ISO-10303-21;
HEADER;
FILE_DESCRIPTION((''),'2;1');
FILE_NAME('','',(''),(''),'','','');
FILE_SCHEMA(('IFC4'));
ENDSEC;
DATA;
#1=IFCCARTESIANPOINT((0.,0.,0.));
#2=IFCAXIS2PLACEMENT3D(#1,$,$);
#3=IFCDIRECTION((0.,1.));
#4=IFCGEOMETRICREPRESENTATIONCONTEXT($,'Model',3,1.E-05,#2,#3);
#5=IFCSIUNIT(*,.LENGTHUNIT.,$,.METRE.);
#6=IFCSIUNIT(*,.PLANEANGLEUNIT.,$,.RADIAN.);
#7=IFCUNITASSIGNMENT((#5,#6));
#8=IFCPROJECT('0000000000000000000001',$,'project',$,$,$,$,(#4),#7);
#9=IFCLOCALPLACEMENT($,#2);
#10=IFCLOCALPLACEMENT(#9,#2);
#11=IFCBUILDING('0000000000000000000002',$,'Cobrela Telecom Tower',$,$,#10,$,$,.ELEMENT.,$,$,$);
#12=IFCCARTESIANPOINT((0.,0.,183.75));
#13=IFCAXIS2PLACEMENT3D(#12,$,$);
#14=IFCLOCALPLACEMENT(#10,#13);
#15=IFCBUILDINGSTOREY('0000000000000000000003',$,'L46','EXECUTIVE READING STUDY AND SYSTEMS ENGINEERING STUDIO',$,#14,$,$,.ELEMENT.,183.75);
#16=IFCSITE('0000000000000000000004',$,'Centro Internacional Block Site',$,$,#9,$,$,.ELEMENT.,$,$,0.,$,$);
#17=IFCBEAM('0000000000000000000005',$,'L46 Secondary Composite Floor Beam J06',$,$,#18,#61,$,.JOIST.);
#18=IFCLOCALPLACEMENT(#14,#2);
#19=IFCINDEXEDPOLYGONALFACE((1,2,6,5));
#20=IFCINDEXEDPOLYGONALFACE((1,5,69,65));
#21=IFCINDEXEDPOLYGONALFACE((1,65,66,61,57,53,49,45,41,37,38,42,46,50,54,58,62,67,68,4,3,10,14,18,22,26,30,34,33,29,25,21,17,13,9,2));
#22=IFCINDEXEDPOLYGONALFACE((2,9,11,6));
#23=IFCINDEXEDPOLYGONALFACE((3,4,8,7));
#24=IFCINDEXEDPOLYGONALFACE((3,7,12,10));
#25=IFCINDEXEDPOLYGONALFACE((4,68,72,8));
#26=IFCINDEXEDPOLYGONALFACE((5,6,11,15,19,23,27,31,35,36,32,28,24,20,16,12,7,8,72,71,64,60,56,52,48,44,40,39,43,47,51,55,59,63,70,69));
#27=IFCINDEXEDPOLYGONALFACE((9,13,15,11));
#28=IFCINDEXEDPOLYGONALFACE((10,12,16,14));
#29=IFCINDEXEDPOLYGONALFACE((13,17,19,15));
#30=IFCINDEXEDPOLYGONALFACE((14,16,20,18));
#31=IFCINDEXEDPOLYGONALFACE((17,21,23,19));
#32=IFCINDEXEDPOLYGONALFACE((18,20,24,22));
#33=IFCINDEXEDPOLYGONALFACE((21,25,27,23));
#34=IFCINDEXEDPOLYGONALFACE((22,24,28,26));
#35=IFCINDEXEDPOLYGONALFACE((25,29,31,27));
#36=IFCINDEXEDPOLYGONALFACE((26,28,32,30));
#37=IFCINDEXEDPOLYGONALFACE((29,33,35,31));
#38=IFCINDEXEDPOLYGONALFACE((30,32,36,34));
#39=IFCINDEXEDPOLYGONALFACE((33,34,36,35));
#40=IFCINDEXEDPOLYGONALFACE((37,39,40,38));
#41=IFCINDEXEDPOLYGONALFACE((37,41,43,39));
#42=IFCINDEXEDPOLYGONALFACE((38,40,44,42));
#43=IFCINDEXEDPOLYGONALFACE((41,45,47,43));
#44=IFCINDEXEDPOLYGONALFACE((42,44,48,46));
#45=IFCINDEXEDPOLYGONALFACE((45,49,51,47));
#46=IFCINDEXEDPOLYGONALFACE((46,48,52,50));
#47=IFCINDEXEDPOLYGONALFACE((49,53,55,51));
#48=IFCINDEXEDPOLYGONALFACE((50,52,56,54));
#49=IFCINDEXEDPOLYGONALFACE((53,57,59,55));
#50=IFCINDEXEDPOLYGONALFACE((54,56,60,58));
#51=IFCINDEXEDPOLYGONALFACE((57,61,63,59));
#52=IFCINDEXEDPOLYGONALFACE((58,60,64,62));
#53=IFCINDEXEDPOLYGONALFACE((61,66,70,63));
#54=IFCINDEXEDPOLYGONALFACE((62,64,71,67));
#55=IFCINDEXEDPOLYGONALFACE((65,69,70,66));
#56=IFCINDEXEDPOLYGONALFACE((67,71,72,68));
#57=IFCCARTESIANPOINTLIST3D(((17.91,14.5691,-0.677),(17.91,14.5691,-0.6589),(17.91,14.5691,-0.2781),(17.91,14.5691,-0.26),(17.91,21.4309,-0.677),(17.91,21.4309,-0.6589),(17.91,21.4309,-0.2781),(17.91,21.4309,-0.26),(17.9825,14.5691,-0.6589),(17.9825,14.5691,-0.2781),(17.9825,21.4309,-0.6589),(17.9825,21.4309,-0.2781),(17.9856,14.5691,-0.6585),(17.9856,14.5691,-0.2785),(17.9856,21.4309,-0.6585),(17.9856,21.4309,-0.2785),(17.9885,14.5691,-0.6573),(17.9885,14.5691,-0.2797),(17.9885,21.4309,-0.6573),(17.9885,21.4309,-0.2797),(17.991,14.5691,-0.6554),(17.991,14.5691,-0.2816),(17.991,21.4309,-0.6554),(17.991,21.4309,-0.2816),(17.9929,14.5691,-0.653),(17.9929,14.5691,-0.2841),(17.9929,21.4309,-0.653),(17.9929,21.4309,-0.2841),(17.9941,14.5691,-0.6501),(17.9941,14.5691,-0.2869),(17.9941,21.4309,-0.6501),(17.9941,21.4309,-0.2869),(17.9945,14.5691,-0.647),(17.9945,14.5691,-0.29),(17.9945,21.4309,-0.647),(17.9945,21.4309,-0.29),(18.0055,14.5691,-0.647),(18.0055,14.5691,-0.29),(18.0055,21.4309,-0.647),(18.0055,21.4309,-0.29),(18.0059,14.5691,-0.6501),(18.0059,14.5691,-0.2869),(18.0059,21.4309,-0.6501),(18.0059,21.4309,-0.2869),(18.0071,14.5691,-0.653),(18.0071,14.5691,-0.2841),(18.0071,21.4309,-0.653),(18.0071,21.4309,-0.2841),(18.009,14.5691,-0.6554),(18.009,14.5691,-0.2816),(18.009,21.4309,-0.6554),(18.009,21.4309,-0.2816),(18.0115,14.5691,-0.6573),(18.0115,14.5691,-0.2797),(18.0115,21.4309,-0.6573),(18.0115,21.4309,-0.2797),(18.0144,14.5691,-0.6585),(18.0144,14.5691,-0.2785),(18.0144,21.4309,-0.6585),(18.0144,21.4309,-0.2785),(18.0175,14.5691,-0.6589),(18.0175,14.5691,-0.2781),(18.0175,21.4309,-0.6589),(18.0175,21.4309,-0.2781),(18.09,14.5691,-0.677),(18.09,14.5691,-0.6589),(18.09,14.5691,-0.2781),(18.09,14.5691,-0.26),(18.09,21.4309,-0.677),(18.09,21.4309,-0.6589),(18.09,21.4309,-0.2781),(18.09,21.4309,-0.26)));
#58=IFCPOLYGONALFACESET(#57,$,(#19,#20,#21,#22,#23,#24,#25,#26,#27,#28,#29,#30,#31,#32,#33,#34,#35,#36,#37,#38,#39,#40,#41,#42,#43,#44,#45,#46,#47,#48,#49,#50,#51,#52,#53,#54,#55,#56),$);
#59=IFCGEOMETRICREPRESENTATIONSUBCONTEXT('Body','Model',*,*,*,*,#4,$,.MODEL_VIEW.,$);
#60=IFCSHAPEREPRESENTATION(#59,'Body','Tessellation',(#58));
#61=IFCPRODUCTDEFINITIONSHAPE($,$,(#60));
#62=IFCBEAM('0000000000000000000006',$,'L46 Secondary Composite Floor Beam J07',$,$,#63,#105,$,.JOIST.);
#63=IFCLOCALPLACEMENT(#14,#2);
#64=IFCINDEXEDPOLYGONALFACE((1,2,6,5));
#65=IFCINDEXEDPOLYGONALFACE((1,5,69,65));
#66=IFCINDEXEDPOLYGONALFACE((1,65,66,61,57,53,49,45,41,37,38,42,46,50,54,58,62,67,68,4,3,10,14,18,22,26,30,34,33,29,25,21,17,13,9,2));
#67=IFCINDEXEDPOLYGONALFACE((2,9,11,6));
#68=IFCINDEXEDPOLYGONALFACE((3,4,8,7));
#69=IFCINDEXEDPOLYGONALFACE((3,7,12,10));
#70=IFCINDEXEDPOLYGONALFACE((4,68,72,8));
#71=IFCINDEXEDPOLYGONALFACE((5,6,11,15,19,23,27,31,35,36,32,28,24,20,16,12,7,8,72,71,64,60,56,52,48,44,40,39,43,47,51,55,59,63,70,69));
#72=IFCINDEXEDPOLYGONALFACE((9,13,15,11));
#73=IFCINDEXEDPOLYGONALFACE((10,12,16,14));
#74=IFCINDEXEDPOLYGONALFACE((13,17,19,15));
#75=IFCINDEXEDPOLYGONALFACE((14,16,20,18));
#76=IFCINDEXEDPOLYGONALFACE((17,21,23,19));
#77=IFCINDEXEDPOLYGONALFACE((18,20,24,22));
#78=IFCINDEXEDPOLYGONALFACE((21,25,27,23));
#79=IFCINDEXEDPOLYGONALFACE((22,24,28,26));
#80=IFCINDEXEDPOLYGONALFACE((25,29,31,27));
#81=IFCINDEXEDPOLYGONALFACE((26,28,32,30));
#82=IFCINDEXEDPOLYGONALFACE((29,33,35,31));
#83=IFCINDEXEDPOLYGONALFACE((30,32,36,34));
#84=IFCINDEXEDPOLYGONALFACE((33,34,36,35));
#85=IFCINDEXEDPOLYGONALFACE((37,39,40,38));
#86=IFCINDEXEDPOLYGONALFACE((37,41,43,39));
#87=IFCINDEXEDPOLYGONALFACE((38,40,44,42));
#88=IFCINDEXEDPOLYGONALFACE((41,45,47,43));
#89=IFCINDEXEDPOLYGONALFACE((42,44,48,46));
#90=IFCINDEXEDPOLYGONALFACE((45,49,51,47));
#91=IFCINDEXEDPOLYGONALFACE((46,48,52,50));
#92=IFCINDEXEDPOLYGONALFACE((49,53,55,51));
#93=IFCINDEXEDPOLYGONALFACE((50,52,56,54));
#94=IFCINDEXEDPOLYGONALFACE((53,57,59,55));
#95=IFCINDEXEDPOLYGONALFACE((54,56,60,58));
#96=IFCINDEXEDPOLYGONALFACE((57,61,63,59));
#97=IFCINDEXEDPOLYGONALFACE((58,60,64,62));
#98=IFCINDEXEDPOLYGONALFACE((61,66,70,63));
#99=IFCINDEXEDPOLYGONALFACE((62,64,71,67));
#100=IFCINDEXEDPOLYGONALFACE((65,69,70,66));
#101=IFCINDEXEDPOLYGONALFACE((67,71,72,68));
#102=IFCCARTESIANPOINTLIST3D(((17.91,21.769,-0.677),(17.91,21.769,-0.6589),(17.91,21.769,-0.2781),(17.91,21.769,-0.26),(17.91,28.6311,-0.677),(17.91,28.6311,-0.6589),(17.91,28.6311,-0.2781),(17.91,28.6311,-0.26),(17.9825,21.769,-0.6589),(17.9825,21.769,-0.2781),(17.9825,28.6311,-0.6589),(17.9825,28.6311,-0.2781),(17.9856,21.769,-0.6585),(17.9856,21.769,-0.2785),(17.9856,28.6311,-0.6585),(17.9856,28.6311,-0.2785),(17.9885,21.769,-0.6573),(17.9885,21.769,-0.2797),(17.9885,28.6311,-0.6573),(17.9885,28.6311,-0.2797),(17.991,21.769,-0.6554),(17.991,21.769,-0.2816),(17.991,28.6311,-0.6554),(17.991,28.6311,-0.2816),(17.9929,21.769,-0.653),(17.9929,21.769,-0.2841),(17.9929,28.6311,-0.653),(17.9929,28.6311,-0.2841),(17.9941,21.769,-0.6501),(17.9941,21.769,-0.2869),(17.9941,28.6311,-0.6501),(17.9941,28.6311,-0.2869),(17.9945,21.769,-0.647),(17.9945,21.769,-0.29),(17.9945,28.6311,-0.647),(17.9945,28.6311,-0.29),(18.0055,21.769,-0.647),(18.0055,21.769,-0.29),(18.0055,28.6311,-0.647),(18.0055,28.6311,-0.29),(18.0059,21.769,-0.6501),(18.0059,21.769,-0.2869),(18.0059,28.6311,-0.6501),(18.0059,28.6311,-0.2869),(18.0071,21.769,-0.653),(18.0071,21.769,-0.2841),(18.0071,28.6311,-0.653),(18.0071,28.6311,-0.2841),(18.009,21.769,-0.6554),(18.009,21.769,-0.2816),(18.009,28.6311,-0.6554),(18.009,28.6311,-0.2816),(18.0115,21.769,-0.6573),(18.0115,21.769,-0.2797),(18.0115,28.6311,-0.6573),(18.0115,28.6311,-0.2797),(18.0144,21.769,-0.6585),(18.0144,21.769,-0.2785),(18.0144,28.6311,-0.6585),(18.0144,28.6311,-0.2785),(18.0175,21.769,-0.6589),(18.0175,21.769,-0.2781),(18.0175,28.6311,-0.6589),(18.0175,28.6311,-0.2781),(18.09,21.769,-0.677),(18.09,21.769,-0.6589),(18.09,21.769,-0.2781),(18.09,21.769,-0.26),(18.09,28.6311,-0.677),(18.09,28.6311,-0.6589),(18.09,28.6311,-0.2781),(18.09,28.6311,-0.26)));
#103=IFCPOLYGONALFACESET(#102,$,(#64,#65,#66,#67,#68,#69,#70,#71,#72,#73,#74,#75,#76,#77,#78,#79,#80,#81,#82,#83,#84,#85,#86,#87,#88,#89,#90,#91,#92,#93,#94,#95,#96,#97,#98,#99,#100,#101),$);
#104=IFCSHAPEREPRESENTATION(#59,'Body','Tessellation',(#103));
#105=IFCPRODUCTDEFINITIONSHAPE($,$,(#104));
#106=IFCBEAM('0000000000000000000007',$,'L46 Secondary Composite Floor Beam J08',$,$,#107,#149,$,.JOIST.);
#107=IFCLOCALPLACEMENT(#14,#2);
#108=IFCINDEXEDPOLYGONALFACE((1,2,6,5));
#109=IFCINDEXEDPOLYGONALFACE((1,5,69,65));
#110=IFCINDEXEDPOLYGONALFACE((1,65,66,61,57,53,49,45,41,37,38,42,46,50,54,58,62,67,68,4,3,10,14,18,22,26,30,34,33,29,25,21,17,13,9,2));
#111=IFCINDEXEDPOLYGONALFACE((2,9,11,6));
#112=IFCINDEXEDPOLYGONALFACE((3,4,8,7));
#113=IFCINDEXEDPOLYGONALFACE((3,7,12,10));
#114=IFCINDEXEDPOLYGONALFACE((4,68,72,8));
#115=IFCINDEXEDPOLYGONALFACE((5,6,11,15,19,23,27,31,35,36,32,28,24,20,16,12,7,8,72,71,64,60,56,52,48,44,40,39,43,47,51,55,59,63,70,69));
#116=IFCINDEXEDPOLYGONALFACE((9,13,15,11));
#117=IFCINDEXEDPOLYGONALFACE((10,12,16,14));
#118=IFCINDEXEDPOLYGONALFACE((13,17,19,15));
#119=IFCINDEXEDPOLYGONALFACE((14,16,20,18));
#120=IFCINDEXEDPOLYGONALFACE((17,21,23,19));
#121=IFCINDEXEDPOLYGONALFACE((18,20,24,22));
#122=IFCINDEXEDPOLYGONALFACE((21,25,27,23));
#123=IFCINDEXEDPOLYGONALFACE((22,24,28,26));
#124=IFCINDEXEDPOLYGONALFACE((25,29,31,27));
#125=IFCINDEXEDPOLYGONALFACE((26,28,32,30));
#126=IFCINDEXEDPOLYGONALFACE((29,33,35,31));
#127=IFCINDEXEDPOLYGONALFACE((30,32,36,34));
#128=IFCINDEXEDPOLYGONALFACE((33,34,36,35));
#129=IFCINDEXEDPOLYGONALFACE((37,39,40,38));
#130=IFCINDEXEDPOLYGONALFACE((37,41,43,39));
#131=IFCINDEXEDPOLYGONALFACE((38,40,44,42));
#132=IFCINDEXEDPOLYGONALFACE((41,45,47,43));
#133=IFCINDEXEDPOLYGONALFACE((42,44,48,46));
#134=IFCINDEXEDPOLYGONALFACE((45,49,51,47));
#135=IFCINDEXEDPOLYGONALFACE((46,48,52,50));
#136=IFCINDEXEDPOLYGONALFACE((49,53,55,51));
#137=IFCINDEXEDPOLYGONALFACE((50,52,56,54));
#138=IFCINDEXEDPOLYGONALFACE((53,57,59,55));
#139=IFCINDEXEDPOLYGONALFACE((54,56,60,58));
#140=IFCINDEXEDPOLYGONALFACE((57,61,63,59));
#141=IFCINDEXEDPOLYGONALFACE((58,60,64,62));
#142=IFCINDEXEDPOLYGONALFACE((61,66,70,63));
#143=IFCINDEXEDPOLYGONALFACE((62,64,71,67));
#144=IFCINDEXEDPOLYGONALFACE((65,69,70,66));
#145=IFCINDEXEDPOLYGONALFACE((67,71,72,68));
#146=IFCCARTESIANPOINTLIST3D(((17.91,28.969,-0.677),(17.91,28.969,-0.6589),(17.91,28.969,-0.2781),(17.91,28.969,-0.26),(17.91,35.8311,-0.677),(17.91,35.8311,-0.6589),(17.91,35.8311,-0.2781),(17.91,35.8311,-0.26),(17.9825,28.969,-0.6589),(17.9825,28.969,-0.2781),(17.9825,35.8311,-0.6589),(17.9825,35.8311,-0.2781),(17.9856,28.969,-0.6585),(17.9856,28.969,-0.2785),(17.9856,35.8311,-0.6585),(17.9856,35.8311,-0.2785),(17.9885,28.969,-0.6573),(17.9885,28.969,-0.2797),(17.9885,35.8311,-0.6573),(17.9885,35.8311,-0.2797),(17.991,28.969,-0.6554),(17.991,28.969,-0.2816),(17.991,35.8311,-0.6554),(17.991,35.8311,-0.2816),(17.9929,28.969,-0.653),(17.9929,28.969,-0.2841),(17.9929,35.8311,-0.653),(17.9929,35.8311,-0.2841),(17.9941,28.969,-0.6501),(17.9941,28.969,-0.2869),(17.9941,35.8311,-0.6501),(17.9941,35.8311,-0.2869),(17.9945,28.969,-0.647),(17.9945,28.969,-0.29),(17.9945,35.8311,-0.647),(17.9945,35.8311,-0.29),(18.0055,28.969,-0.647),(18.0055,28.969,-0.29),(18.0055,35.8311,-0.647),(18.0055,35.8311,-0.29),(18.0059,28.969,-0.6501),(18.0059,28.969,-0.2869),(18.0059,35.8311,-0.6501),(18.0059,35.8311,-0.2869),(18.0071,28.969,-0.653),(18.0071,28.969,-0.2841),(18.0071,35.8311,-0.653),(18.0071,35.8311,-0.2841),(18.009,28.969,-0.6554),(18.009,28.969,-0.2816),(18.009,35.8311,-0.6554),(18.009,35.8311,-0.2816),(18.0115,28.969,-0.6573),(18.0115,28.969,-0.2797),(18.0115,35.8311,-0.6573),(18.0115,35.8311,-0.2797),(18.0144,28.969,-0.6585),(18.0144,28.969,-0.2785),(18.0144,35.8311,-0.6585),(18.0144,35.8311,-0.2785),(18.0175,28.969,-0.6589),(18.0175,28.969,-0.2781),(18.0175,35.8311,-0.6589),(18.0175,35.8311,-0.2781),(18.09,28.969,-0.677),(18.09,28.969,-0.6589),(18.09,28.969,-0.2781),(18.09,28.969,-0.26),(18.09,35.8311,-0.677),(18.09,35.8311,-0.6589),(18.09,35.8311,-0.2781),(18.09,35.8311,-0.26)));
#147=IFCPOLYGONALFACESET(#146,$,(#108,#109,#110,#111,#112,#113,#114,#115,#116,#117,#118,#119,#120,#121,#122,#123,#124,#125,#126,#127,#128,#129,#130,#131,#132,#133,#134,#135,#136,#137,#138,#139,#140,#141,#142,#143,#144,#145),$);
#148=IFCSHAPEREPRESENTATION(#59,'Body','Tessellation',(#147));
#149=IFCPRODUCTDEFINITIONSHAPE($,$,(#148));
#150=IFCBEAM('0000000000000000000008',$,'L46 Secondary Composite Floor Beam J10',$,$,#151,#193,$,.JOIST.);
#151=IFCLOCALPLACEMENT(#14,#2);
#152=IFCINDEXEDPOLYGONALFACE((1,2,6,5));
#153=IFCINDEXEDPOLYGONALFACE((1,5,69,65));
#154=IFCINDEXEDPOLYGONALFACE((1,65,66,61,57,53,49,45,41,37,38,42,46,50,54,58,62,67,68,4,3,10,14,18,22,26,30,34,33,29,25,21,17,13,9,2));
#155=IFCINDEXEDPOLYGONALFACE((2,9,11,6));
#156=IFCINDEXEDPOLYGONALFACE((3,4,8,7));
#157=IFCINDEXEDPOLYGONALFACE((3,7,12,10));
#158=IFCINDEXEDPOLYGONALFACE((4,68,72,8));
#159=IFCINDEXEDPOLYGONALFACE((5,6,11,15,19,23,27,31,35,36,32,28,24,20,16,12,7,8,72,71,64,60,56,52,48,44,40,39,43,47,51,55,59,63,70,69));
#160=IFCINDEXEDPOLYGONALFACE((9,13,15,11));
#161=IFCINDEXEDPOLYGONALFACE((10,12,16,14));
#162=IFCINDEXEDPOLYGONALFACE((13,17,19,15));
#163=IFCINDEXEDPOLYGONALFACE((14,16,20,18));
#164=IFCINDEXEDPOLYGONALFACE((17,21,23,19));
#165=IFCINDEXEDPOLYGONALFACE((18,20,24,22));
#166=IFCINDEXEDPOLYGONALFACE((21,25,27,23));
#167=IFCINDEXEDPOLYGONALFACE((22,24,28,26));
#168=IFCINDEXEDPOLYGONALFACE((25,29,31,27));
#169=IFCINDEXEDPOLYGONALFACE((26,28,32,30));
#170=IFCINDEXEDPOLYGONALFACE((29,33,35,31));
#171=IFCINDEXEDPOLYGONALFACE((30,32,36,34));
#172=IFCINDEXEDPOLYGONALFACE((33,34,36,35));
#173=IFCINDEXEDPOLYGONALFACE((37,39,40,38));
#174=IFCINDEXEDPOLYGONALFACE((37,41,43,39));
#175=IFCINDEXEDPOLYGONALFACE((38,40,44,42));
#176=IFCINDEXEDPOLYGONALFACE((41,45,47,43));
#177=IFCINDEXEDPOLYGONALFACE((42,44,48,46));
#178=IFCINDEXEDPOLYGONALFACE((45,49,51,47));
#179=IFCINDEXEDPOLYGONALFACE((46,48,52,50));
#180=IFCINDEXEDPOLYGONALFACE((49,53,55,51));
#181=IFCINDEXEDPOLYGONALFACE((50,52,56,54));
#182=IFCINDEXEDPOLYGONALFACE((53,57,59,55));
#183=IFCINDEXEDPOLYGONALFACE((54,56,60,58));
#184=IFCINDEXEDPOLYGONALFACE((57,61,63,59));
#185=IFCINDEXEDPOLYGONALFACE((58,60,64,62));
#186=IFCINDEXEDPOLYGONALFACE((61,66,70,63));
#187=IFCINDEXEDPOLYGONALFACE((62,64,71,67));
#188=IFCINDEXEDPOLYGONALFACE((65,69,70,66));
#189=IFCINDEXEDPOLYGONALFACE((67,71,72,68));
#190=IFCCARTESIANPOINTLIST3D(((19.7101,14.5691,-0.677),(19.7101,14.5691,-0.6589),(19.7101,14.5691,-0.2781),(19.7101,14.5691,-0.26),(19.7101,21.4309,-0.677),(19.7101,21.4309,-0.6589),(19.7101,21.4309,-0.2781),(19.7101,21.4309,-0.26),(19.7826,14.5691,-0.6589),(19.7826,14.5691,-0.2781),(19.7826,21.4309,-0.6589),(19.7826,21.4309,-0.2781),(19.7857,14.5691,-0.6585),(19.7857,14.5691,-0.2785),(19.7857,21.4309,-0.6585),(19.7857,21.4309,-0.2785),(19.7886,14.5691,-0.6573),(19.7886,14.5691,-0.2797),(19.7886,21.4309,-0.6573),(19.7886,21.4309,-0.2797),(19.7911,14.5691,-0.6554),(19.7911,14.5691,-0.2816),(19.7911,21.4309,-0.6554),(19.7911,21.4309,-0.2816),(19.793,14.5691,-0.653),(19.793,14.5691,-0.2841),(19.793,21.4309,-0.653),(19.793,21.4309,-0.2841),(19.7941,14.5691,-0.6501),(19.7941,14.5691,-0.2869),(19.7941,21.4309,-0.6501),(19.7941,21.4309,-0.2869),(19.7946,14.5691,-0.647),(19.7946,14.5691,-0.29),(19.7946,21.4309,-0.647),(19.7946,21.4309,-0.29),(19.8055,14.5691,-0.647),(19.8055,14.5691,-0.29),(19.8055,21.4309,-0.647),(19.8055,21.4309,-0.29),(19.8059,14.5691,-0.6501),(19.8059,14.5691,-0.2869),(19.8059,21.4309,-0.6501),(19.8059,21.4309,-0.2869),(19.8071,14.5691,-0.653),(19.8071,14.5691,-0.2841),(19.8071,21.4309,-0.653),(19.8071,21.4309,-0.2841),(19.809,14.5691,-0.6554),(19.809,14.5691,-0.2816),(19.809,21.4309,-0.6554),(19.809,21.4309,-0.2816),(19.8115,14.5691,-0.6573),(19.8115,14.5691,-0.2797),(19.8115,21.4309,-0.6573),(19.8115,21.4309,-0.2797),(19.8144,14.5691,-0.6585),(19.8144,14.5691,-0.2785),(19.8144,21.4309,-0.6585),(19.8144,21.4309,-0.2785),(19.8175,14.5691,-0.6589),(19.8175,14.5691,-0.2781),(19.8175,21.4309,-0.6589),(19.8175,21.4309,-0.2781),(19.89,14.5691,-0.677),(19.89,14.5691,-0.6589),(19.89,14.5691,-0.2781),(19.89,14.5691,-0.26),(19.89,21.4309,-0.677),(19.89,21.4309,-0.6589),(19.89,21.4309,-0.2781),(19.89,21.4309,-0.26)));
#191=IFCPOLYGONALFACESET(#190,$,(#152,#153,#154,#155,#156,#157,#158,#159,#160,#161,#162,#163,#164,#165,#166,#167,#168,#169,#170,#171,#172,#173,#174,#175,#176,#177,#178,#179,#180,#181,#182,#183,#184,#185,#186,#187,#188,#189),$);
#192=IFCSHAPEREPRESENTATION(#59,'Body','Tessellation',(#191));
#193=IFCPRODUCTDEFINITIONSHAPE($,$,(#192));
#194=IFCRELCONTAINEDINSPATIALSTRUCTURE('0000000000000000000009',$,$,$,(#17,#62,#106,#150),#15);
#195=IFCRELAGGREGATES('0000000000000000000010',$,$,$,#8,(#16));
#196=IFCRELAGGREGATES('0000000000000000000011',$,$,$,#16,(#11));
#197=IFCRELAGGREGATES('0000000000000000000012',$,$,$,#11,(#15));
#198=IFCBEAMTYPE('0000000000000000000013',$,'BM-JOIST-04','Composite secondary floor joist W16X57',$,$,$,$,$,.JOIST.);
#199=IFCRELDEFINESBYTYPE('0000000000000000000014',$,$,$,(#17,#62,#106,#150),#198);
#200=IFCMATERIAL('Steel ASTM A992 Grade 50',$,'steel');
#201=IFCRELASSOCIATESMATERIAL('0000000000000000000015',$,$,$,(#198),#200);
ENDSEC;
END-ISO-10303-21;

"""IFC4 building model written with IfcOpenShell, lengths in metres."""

from ifc_helpers import new_model, si_unit, direction, frame, origin, origin_2d, place, context, subcontext, project, spatial, i_section, extrude, material, material_profile, profile_set, type_object, element, save


model = new_model("IFC4")

# Units and contexts
model_context = context("Model", 3, precision=1e-05, world=origin(), true_north=direction((0.0, 1.0)))
body_context = subcontext(model_context, "Body", "Model", "MODEL_VIEW")
ifc_project = project(units=[si_unit("LENGTHUNIT", "METRE"), si_unit("PLANEANGLEUNIT", "RADIAN")], contexts=[model_context])

# Site, building, storey
site_placement = place(None, origin())
site = spatial("IfcSite", under=ifc_project, at=site_placement, Name="Centro Internacional Block Site", CompositionType="ELEMENT", RefElevation=0.0)
building_placement = place(site_placement, origin())
building = spatial("IfcBuilding", under=site, at=building_placement, Name="Cobrela Telecom Tower", CompositionType="ELEMENT")
storey_placement = place(building_placement, frame((0.0, 0.0, 183.75)))
storey = spatial("IfcBuildingStorey", under=building, at=storey_placement, Name="L46", Description="EXECUTIVE READING STUDY AND SYSTEMS ENGINEERING STUDIO", CompositionType="ELEMENT", Elevation=183.75)

# Shared definitions
ifc_material_1 = material(Name="Steel ASTM A992 Grade 50", Category="steel")

# Beams
ifc_material_profile_1 = material_profile(ifc_material_1, i_section(OverallWidth=0.1799, OverallDepth=0.417, WebThickness=0.011, FlangeThickness=0.0181, FilletRadius=0.012, at=origin_2d()), Name="W16X57")
ifc_profile_set_1 = profile_set([ifc_material_profile_1], Name="Steel ASTM A992 Grade 50")
beam_type_1 = type_object("IfcBeamType", Name="BM-JOIST-04", Description="Composite secondary floor joist W16X57", PredefinedType="JOIST", material=ifc_profile_set_1)
beam_1_placement = place(storey_placement, frame((18.0, 14.5691, -0.4685), z_axis=(0.0, 1.0, 0.0), x_axis=(-1.0, 0.0, 0.0)))
element("IfcBeam", 1, at=beam_1_placement, inside=storey, type_object=beam_type_1, Name="L46 Secondary Composite Floor Beam J06", PredefinedType="JOIST", context=body_context, shape_type="SweptSolid", body=[
    extrude(i_section(OverallWidth=0.1799, OverallDepth=0.417, WebThickness=0.011, FlangeThickness=0.0181, FilletRadius=0.012, at=origin_2d()), origin(), (0.0, 0.0, 1.0), 6.8618),
])
for number, where, z_axis, x_axis, name in (
    (2, (18.0, 21.769, -0.4685), (0.0, 1.0, 0.0), (-1.0, 0.0, 0.0), "L46 Secondary Composite Floor Beam J07"),
    (3, (18.0, 28.969, -0.4685), (0.0, 1.0, 0.0), (-1.0, 0.0, 0.0), "L46 Secondary Composite Floor Beam J08"),
):
    element("IfcBeam", number, at=place(storey_placement, frame(where, z_axis=z_axis, x_axis=x_axis)), inside=storey, type_object=beam_type_1, Name=name, PredefinedType="JOIST", context=body_context, shape_type="SweptSolid", body=[
        extrude(i_section(OverallWidth=0.1799, OverallDepth=0.417, WebThickness=0.011, FlangeThickness=0.0181, FilletRadius=0.012, at=origin_2d()), origin(), (0.0, 0.0, 1.0), 6.8621),
    ])
beam_2_placement = place(storey_placement, frame((19.8, 14.5691, -0.4685), z_axis=(0.0, 1.0, 0.0), x_axis=(-1.0, 0.0, 0.0)))
element("IfcBeam", 4, at=beam_2_placement, inside=storey, type_object=beam_type_1, Name="L46 Secondary Composite Floor Beam J10", PredefinedType="JOIST", context=body_context, shape_type="SweptSolid", body=[
    extrude(i_section(OverallWidth=0.1799, OverallDepth=0.417, WebThickness=0.011, FlangeThickness=0.0181, FilletRadius=0.012, at=origin_2d()), origin(), (0.0, 0.0, 1.0), 6.8618),
])

save(model, "model.ifc")
